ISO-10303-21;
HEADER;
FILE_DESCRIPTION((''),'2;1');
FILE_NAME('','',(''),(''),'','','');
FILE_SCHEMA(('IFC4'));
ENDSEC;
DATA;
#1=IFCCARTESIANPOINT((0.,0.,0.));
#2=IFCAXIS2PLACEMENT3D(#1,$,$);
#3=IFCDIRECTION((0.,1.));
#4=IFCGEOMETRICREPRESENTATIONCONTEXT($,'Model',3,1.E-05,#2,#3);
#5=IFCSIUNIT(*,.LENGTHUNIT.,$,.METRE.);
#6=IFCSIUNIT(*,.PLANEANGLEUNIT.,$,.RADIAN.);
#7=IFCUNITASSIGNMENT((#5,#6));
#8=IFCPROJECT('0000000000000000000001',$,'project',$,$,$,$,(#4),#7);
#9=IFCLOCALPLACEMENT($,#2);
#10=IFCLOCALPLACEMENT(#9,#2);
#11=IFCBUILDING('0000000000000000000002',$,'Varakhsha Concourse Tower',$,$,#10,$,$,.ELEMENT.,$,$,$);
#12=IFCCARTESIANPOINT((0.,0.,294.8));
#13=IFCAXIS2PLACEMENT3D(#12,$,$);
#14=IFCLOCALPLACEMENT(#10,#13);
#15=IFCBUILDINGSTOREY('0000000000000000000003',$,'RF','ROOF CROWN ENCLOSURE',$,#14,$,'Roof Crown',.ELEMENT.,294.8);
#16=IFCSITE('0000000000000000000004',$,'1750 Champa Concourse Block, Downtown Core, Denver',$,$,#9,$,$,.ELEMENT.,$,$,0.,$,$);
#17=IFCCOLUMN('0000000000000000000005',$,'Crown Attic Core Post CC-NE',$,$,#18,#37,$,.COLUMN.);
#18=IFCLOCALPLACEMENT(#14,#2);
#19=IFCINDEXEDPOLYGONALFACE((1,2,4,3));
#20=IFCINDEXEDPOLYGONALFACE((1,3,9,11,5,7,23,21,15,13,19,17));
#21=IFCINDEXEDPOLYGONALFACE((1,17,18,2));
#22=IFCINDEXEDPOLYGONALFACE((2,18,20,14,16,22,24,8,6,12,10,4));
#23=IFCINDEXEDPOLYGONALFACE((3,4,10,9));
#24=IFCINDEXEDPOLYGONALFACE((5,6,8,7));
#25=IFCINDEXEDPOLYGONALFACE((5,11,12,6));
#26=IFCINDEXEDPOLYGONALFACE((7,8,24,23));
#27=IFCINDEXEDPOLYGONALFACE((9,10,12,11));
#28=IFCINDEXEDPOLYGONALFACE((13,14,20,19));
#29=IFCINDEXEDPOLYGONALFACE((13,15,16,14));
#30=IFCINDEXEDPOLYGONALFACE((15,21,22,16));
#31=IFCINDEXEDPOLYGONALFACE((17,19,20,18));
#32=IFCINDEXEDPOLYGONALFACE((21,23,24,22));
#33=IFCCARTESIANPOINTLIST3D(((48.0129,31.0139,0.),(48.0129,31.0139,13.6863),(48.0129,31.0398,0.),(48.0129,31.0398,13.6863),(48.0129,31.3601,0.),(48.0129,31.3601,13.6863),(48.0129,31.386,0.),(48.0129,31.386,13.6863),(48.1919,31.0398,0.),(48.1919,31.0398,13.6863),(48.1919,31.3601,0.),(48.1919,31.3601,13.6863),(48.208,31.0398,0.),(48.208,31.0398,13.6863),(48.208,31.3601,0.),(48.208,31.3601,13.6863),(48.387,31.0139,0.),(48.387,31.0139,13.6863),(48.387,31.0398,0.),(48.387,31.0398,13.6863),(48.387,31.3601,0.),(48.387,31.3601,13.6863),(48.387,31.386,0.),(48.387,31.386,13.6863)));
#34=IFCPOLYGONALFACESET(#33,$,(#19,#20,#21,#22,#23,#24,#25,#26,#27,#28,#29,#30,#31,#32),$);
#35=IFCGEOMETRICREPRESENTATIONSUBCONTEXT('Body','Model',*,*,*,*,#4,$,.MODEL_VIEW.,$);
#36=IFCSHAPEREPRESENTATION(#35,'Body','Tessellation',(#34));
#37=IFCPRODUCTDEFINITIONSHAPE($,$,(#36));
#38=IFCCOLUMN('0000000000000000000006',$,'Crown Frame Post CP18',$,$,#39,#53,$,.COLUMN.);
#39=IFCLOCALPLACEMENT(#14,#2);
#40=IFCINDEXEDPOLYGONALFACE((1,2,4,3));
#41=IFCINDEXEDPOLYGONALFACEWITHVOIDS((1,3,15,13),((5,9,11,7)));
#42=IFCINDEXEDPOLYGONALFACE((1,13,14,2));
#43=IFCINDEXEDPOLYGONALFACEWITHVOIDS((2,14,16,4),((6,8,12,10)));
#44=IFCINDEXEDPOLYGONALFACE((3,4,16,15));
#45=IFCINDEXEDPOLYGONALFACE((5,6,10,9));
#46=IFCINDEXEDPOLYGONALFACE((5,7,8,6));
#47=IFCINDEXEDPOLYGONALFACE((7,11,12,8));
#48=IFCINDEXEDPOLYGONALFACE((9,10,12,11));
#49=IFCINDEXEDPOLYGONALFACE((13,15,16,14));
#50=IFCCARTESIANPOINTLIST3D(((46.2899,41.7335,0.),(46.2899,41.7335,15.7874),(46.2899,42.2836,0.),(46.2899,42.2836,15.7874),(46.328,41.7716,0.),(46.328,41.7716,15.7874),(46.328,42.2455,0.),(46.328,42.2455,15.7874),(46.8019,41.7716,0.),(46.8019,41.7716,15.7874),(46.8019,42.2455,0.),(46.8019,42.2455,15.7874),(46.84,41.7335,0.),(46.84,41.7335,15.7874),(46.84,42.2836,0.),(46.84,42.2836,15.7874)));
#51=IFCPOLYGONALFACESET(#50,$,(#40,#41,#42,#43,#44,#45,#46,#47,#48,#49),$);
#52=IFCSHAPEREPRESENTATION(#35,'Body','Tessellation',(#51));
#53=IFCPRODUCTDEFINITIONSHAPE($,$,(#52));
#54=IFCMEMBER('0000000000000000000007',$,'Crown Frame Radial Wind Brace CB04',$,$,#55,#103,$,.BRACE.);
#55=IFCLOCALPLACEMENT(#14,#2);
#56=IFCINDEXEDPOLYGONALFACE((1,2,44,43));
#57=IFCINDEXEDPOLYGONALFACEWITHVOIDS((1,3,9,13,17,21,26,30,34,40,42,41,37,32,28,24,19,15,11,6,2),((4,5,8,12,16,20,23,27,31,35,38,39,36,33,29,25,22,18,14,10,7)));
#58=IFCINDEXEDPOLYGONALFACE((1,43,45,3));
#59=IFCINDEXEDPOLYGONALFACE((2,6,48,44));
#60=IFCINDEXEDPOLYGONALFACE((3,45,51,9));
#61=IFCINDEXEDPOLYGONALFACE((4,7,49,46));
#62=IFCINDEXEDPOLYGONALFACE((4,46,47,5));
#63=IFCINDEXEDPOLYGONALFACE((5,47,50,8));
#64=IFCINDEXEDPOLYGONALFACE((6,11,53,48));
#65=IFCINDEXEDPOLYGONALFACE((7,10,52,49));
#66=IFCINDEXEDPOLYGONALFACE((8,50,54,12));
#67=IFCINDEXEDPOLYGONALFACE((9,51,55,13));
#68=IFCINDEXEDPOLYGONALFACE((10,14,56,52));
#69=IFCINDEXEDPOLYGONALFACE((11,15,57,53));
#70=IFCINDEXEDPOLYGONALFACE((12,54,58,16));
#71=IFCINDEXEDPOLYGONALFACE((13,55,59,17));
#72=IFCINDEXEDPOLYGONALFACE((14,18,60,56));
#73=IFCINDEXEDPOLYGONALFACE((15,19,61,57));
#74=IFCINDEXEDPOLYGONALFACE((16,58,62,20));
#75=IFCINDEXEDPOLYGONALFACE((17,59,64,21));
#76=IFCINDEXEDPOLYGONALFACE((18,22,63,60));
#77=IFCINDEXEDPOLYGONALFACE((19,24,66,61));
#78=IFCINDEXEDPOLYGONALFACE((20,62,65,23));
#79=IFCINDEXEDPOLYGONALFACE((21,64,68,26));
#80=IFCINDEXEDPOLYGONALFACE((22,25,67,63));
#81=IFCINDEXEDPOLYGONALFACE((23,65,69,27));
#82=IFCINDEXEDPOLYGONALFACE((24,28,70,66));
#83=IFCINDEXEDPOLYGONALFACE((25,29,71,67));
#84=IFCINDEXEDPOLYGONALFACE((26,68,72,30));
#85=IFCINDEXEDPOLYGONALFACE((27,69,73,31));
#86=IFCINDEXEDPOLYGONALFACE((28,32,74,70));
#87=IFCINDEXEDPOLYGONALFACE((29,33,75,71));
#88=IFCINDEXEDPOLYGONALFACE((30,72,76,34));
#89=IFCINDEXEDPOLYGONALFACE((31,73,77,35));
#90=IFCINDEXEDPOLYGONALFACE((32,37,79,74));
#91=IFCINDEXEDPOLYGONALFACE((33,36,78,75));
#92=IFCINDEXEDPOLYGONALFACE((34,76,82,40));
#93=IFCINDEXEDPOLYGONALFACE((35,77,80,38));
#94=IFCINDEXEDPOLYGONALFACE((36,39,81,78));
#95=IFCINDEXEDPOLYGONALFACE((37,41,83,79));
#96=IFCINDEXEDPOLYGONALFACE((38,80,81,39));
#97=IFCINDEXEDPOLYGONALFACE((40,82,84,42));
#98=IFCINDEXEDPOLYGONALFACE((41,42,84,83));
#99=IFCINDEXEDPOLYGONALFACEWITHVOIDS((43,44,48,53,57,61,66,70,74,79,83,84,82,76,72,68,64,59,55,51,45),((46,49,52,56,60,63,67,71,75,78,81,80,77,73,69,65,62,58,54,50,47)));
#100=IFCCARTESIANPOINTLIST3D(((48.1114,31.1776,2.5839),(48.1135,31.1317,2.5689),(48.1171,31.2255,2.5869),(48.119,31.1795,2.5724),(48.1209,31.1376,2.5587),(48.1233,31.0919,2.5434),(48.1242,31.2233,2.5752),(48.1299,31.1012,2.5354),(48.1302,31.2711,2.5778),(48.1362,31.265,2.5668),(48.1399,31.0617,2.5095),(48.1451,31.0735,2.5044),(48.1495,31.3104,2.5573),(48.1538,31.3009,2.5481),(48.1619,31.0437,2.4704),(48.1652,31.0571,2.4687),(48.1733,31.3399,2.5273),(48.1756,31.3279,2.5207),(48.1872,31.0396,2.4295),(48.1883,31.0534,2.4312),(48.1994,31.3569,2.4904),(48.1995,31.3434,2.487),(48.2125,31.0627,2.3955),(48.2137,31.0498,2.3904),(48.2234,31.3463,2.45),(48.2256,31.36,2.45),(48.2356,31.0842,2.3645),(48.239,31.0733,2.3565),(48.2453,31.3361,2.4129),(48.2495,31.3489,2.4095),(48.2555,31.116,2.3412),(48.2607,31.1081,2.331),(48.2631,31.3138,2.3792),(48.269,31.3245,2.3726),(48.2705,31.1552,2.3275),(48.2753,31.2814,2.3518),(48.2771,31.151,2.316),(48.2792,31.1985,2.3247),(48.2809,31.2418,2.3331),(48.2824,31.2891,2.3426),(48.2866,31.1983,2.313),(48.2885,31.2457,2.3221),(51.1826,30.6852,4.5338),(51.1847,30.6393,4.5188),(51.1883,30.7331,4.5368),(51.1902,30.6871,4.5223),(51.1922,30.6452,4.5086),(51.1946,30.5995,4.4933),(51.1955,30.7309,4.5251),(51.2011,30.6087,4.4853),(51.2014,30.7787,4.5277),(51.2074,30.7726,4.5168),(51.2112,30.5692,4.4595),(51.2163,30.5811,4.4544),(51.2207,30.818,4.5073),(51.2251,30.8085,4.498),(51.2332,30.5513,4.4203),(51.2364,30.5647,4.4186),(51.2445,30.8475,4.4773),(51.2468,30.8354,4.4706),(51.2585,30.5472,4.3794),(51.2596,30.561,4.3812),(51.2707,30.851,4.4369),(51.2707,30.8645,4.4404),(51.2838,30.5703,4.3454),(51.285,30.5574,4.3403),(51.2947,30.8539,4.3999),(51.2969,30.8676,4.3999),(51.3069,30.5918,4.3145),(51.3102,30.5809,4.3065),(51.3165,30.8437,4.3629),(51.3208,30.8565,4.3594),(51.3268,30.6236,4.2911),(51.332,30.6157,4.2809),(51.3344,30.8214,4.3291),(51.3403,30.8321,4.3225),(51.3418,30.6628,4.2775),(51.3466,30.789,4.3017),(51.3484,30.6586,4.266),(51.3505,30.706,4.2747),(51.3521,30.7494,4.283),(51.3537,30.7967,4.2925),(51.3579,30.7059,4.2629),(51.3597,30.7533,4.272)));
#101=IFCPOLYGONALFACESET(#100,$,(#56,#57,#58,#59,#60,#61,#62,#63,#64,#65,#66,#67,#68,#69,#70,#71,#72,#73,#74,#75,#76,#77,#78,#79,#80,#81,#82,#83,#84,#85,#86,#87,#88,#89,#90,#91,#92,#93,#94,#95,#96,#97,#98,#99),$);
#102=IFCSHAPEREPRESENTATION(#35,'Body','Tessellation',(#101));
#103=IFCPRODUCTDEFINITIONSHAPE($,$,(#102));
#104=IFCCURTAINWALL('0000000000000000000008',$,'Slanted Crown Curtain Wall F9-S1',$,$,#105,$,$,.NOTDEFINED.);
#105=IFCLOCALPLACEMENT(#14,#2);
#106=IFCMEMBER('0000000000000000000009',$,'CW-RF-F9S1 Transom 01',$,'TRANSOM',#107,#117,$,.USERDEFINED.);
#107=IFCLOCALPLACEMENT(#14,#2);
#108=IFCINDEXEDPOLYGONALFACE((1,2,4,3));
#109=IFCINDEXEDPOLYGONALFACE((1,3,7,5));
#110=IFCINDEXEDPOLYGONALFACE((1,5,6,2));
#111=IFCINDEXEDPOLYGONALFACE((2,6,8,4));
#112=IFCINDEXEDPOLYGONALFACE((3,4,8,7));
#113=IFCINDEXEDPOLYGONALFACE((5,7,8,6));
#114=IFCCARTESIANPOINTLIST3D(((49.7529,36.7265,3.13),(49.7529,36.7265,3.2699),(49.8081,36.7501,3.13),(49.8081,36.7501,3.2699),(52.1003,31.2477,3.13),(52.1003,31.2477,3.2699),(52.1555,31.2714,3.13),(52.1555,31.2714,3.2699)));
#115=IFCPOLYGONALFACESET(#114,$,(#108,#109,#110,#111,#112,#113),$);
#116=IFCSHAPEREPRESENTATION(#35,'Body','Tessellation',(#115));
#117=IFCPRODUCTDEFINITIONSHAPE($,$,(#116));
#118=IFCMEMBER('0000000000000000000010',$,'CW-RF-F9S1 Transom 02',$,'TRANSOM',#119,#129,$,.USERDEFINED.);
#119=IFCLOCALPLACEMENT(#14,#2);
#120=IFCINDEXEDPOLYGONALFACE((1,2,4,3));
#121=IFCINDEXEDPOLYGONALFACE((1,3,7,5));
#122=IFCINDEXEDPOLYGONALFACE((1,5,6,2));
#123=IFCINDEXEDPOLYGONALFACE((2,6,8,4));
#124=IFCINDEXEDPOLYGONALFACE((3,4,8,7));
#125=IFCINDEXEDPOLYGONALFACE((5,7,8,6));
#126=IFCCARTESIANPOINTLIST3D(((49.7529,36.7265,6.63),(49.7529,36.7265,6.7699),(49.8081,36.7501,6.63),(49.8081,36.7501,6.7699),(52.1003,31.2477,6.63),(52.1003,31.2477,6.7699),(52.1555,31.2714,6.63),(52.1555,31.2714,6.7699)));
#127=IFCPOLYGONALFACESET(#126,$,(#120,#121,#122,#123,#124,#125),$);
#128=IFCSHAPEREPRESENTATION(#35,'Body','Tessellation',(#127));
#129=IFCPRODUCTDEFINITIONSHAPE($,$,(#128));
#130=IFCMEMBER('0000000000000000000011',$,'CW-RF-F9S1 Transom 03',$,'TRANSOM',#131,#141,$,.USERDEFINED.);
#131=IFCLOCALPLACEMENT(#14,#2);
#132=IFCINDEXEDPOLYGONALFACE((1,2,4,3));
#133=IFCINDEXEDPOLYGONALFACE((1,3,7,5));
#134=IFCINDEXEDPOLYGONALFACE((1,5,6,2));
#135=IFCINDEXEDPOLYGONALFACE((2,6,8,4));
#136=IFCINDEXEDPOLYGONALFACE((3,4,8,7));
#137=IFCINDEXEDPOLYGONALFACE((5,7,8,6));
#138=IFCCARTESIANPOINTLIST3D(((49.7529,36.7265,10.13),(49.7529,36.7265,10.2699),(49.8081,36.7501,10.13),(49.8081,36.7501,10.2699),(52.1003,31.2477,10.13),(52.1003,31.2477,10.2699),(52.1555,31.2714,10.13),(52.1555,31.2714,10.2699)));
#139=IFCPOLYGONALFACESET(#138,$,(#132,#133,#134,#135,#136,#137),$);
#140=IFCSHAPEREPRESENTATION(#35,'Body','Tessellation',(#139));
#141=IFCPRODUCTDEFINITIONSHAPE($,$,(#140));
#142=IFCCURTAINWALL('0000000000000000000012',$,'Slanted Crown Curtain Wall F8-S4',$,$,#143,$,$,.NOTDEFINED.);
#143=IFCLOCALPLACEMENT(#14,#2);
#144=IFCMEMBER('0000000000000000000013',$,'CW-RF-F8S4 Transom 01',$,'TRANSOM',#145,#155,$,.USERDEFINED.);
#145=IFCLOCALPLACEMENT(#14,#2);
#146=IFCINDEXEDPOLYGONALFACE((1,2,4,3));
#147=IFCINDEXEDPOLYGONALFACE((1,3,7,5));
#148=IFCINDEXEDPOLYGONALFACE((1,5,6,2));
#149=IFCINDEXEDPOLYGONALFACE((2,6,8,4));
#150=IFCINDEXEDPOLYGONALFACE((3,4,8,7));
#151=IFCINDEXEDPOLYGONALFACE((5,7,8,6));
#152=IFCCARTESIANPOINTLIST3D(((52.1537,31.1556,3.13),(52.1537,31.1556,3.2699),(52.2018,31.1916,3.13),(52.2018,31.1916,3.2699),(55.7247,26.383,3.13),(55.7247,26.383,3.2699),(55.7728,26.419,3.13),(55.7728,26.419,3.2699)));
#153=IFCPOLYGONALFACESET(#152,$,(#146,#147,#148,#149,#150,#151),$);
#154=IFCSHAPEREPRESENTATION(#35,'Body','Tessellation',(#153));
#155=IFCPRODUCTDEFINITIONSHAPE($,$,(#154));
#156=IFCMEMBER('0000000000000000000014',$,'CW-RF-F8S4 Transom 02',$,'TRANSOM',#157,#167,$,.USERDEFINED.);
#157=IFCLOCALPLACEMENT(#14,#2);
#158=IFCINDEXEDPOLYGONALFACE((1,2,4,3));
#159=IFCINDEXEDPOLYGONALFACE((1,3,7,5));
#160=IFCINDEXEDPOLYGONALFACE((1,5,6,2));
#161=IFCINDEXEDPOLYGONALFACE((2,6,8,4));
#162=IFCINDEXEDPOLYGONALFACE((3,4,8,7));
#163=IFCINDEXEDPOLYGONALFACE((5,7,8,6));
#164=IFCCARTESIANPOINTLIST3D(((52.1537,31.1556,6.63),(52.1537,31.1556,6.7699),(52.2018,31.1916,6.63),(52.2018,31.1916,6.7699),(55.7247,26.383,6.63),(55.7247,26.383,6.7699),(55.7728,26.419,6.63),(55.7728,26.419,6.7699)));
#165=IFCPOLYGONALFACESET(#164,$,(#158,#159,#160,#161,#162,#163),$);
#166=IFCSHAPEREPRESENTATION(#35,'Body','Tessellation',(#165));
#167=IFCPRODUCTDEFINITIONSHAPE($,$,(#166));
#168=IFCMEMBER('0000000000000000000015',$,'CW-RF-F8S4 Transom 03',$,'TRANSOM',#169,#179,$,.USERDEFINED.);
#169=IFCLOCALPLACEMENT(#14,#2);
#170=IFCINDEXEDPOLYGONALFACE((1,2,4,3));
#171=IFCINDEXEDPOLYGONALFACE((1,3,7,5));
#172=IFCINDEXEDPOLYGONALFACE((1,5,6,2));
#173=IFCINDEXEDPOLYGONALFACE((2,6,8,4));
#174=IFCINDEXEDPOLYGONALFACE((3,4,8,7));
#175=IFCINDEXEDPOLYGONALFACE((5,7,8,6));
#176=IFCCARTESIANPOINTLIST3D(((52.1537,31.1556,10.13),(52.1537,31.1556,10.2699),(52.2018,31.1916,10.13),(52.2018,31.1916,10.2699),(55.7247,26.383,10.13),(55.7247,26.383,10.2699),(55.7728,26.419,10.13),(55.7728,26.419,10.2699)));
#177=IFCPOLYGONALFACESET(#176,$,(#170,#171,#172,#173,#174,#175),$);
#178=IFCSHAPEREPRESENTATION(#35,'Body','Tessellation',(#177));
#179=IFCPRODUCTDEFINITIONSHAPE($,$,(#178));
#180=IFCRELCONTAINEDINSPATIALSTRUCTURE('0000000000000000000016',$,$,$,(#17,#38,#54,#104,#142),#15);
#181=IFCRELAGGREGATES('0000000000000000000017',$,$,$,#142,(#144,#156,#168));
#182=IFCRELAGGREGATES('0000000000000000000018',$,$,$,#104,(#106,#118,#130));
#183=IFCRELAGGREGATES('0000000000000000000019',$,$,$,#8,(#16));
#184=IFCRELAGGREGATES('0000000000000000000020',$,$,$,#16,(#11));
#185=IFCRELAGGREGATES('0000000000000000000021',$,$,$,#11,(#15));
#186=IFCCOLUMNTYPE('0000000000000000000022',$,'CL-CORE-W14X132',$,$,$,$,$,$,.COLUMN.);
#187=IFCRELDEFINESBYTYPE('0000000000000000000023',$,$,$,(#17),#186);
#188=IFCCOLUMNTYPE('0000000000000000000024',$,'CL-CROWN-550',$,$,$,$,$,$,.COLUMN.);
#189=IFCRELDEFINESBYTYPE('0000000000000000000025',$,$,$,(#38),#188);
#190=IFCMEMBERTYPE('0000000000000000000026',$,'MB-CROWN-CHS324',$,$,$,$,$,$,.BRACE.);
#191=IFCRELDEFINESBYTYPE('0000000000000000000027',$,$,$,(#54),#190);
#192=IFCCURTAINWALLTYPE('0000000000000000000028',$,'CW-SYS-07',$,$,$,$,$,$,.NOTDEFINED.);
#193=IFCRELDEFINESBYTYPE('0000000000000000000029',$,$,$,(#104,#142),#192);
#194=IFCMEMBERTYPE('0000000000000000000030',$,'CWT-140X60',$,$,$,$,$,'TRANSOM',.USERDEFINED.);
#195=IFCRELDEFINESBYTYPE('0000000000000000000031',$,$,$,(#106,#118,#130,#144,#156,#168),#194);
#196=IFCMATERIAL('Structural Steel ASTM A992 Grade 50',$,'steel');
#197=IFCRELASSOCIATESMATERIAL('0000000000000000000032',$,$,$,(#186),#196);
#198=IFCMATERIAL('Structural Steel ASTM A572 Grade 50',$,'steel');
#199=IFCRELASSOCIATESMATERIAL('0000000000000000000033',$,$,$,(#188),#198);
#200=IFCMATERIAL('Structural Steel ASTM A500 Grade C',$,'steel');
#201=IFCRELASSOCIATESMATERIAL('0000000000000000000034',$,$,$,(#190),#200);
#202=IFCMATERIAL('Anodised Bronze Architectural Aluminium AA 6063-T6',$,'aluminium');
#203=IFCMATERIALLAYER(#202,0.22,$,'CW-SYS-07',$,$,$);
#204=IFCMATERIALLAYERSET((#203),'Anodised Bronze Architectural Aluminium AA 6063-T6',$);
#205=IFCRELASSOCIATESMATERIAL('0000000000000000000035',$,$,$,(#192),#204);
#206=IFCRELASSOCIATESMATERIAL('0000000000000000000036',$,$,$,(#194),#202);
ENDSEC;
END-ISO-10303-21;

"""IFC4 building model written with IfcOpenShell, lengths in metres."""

from ifc_helpers import new_model, si_unit, direction, frame, origin, origin_2d, place, context, subcontext, project, spatial, rectangle, hollow_rectangle, hollow_circle, i_section, extrude, source, transform, mapped, material, layer, layer_set, material_profile, profile_set, type_object, type_shapes, element, aggregate, save


model = new_model("IFC4")

# Units and contexts
model_context = context("Model", 3, precision=1e-05, world=origin(), true_north=direction((0.0, 1.0)))
body_context = subcontext(model_context, "Body", "Model", "MODEL_VIEW")
ifc_project = project(units=[si_unit("LENGTHUNIT", "METRE"), si_unit("PLANEANGLEUNIT", "RADIAN")], contexts=[model_context])

# Site, building, storey
site_placement = place(None, origin())
site = spatial("IfcSite", under=ifc_project, at=site_placement, Name="1750 Champa Concourse Block, Downtown Core, Denver", CompositionType="ELEMENT", RefElevation=0.0)
building_placement = place(site_placement, origin())
building = spatial("IfcBuilding", under=site, at=building_placement, Name="Varakhsha Concourse Tower", CompositionType="ELEMENT")
storey_placement = place(building_placement, frame((0.0, 0.0, 294.8)))
storey = spatial("IfcBuildingStorey", under=building, at=storey_placement, Name="RF", Description="ROOF CROWN ENCLOSURE", LongName="Roof Crown", CompositionType="ELEMENT", Elevation=294.8)

# Columns
ifc_material_1 = material(Name="Structural Steel ASTM A992 Grade 50", Category="steel")
ifc_material_profile_1 = material_profile(ifc_material_1, i_section(OverallWidth=0.374, OverallDepth=0.3721, WebThickness=0.0161, FlangeThickness=0.0259, at=origin_2d()), Name="W14X132")
ifc_profile_set_1 = profile_set([ifc_material_profile_1], Name="Structural Steel ASTM A992 Grade 50")
column_type_1 = type_object("IfcColumnType", Name="CL-CORE-W14X132", PredefinedType="COLUMN", material=ifc_profile_set_1)
column_1_placement = place(storey_placement, frame((48.2, 31.2, 0.0), z_axis=(0.0, 0.0, 1.0), x_axis=(1.0, 0.0, 0.0)))
element("IfcColumn", 1, at=column_1_placement, inside=storey, type_object=column_type_1, Name="Crown Attic Core Post CC-NE", PredefinedType="COLUMN", context=body_context, shape_type="SweptSolid", body=[
    extrude(i_section(OverallWidth=0.374, OverallDepth=0.3721, WebThickness=0.0161, FlangeThickness=0.0259, at=origin_2d()), origin(), (0.0, 0.0, 1.0), 13.6863),
])
ifc_material_2 = material(Name="Structural Steel ASTM A572 Grade 50", Category="steel")
ifc_material_profile_2 = material_profile(ifc_material_2, hollow_rectangle(XDim=0.55, YDim=0.55, WallThickness=0.0381, at=origin_2d()), Name="BOX 550x550x38")
ifc_profile_set_2 = profile_set([ifc_material_profile_2], Name="Structural Steel ASTM A572 Grade 50")
column_type_2 = type_object("IfcColumnType", Name="CL-CROWN-550", PredefinedType="COLUMN", material=ifc_profile_set_2)
column_2_placement = place(storey_placement, frame((46.5649, 42.0085, 0.0), z_axis=(0.0, 0.0, 1.0), x_axis=(1.0, 0.0, 0.0)))
element("IfcColumn", 2, at=column_2_placement, inside=storey, type_object=column_type_2, Name="Crown Frame Post CP18", PredefinedType="COLUMN", context=body_context, shape_type="SweptSolid", body=[
    extrude(hollow_rectangle(XDim=0.55, YDim=0.55, WallThickness=0.0381, at=origin_2d()), origin(), (0.0, 0.0, 1.0), 15.7874),
])

# Member
ifc_material_3 = material(Name="Structural Steel ASTM A500 Grade C", Category="steel")
ifc_material_profile_3 = material_profile(ifc_material_3, hollow_circle(Radius=0.1621, WallThickness=0.0139, at=origin_2d()), Name="CHS 324x14")
ifc_profile_set_3 = profile_set([ifc_material_profile_3], Name="Structural Steel ASTM A500 Grade C")
member_type_1 = type_object("IfcMemberType", Name="MB-CROWN-CHS324", PredefinedType="BRACE", material=ifc_profile_set_3)
shared_shape_1 = source(origin(), body_context, "Body", "SweptSolid", [
    extrude(hollow_circle(Radius=0.1621, WallThickness=0.0139, at=origin_2d()), origin(), (0.0, 0.0, 1.0), 3.6711),
])
type_shapes(member_type_1, [shared_shape_1])
member_1_placement = place(storey_placement, frame((48.2, 31.2, 2.45), z_axis=(0.836593, -0.134134, 0.53115), x_axis=(0.158312, 0.987389, 0.0)))
element("IfcMember", 3, at=member_1_placement, inside=storey, type_object=member_type_1, Name="Crown Frame Radial Wind Brace CB04", PredefinedType="BRACE", context=body_context, shape_type="MappedRepresentation", body=[
    mapped(shared_shape_1, transform((0.0, 0.0, 0.0), scale=1.0)),
])

# Curtain walls, members
ifc_material_4 = material(Name="Anodised Bronze Architectural Aluminium AA 6063-T6", Category="aluminium")
ifc_layer_1 = layer(ifc_material_4, 0.22, Name="CW-SYS-07")
ifc_layer_set_1 = layer_set([ifc_layer_1], Name="Anodised Bronze Architectural Aluminium AA 6063-T6")
curtain_wall_type = type_object("IfcCurtainWallType", Name="CW-SYS-07", PredefinedType="NOTDEFINED", material=ifc_layer_set_1)
curtain_wall_1_placement = place(storey_placement, origin())
curtain_wall_1 = element("IfcCurtainWall", 4, at=curtain_wall_1_placement, inside=storey, type_object=curtain_wall_type, Name="Slanted Crown Curtain Wall F9-S1", PredefinedType="NOTDEFINED")
ifc_material_profile_4 = material_profile(ifc_material_4, rectangle(XDim=0.0601, YDim=0.1399, at=origin_2d()), Name="CWT-140X60")
ifc_profile_set_4 = profile_set([ifc_material_profile_4], Name="Anodised Bronze Architectural Aluminium AA 6063-T6")
member_type_2 = type_object("IfcMemberType", Name="CWT-140X60", ElementType="TRANSOM", PredefinedType="USERDEFINED", material=ifc_profile_set_4)
shared_shape_2 = source(origin(), body_context, "Body", "SweptSolid", [
    extrude(rectangle(XDim=0.0601, YDim=0.1399, at=origin_2d()), origin(), (0.0, 0.0, 1.0), 5.9604),
])
member_2_placement = place(storey_placement, frame((49.7805, 36.7383, 3.2), z_axis=(0.39383, -0.919183, 0.0), x_axis=(0.919183, 0.39383, 0.0)))
member_2 = element("IfcMember", 5, at=member_2_placement, type_object=member_type_2, Name="CW-RF-F9S1 Transom 01", ObjectType="TRANSOM", PredefinedType="USERDEFINED", context=body_context, shape_type="MappedRepresentation", body=[
    mapped(shared_shape_2, transform((0.0, 0.0, 0.0), scale=1.0)),
])
member_3_placement = place(storey_placement, frame((49.7805, 36.7383, 6.7), z_axis=(0.39383, -0.919183, 0.0), x_axis=(0.919183, 0.39383, 0.0)))
member_3 = element("IfcMember", 6, at=member_3_placement, type_object=member_type_2, Name="CW-RF-F9S1 Transom 02", ObjectType="TRANSOM", PredefinedType="USERDEFINED", context=body_context, shape_type="MappedRepresentation", body=[
    mapped(shared_shape_2, transform((0.0, 0.0, 0.0), scale=1.0)),
])
member_4_placement = place(storey_placement, frame((49.7805, 36.7383, 10.2), z_axis=(0.39383, -0.919183, 0.0), x_axis=(0.919183, 0.39383, 0.0)))
member_4 = element("IfcMember", 7, at=member_4_placement, type_object=member_type_2, Name="CW-RF-F9S1 Transom 03", ObjectType="TRANSOM", PredefinedType="USERDEFINED", context=body_context, shape_type="MappedRepresentation", body=[
    mapped(shared_shape_2, transform((0.0, 0.0, 0.0), scale=1.0)),
])
curtain_wall_2_placement = place(storey_placement, origin())
curtain_wall_2 = element("IfcCurtainWall", 8, at=curtain_wall_2_placement, inside=storey, type_object=curtain_wall_type, Name="Slanted Crown Curtain Wall F8-S4", PredefinedType="NOTDEFINED")
shared_shape_3 = source(origin(), body_context, "Body", "SweptSolid", [
    extrude(rectangle(XDim=0.0601, YDim=0.1399, at=origin_2d()), origin(), (0.0, 0.0, 1.0), 5.9607),
])
type_shapes(member_type_2, [shared_shape_2, shared_shape_3])
member_5_placement = place(storey_placement, frame((52.1777, 31.1736, 3.2), z_axis=(0.599089, -0.800683, 0.0), x_axis=(0.800683, 0.599089, 0.0)))
member_5 = element("IfcMember", 9, at=member_5_placement, type_object=member_type_2, Name="CW-RF-F8S4 Transom 01", ObjectType="TRANSOM", PredefinedType="USERDEFINED", context=body_context, shape_type="MappedRepresentation", body=[
    mapped(shared_shape_3, transform((0.0, 0.0, 0.0), scale=1.0)),
])
member_6_placement = place(storey_placement, frame((52.1777, 31.1736, 6.7), z_axis=(0.599089, -0.800683, 0.0), x_axis=(0.800683, 0.599089, 0.0)))
member_6 = element("IfcMember", 10, at=member_6_placement, type_object=member_type_2, Name="CW-RF-F8S4 Transom 02", ObjectType="TRANSOM", PredefinedType="USERDEFINED", context=body_context, shape_type="MappedRepresentation", body=[
    mapped(shared_shape_3, transform((0.0, 0.0, 0.0), scale=1.0)),
])
member_7_placement = place(storey_placement, frame((52.1777, 31.1736, 10.2), z_axis=(0.599089, -0.800683, 0.0), x_axis=(0.800683, 0.599089, 0.0)))
member_7 = element("IfcMember", 11, at=member_7_placement, type_object=member_type_2, Name="CW-RF-F8S4 Transom 03", ObjectType="TRANSOM", PredefinedType="USERDEFINED", context=body_context, shape_type="MappedRepresentation", body=[
    mapped(shared_shape_3, transform((0.0, 0.0, 0.0), scale=1.0)),
])
aggregate(curtain_wall_2, [member_5, member_6, member_7])

aggregate(curtain_wall_1, [member_2, member_3, member_4])

save(model, "model.ifc")
